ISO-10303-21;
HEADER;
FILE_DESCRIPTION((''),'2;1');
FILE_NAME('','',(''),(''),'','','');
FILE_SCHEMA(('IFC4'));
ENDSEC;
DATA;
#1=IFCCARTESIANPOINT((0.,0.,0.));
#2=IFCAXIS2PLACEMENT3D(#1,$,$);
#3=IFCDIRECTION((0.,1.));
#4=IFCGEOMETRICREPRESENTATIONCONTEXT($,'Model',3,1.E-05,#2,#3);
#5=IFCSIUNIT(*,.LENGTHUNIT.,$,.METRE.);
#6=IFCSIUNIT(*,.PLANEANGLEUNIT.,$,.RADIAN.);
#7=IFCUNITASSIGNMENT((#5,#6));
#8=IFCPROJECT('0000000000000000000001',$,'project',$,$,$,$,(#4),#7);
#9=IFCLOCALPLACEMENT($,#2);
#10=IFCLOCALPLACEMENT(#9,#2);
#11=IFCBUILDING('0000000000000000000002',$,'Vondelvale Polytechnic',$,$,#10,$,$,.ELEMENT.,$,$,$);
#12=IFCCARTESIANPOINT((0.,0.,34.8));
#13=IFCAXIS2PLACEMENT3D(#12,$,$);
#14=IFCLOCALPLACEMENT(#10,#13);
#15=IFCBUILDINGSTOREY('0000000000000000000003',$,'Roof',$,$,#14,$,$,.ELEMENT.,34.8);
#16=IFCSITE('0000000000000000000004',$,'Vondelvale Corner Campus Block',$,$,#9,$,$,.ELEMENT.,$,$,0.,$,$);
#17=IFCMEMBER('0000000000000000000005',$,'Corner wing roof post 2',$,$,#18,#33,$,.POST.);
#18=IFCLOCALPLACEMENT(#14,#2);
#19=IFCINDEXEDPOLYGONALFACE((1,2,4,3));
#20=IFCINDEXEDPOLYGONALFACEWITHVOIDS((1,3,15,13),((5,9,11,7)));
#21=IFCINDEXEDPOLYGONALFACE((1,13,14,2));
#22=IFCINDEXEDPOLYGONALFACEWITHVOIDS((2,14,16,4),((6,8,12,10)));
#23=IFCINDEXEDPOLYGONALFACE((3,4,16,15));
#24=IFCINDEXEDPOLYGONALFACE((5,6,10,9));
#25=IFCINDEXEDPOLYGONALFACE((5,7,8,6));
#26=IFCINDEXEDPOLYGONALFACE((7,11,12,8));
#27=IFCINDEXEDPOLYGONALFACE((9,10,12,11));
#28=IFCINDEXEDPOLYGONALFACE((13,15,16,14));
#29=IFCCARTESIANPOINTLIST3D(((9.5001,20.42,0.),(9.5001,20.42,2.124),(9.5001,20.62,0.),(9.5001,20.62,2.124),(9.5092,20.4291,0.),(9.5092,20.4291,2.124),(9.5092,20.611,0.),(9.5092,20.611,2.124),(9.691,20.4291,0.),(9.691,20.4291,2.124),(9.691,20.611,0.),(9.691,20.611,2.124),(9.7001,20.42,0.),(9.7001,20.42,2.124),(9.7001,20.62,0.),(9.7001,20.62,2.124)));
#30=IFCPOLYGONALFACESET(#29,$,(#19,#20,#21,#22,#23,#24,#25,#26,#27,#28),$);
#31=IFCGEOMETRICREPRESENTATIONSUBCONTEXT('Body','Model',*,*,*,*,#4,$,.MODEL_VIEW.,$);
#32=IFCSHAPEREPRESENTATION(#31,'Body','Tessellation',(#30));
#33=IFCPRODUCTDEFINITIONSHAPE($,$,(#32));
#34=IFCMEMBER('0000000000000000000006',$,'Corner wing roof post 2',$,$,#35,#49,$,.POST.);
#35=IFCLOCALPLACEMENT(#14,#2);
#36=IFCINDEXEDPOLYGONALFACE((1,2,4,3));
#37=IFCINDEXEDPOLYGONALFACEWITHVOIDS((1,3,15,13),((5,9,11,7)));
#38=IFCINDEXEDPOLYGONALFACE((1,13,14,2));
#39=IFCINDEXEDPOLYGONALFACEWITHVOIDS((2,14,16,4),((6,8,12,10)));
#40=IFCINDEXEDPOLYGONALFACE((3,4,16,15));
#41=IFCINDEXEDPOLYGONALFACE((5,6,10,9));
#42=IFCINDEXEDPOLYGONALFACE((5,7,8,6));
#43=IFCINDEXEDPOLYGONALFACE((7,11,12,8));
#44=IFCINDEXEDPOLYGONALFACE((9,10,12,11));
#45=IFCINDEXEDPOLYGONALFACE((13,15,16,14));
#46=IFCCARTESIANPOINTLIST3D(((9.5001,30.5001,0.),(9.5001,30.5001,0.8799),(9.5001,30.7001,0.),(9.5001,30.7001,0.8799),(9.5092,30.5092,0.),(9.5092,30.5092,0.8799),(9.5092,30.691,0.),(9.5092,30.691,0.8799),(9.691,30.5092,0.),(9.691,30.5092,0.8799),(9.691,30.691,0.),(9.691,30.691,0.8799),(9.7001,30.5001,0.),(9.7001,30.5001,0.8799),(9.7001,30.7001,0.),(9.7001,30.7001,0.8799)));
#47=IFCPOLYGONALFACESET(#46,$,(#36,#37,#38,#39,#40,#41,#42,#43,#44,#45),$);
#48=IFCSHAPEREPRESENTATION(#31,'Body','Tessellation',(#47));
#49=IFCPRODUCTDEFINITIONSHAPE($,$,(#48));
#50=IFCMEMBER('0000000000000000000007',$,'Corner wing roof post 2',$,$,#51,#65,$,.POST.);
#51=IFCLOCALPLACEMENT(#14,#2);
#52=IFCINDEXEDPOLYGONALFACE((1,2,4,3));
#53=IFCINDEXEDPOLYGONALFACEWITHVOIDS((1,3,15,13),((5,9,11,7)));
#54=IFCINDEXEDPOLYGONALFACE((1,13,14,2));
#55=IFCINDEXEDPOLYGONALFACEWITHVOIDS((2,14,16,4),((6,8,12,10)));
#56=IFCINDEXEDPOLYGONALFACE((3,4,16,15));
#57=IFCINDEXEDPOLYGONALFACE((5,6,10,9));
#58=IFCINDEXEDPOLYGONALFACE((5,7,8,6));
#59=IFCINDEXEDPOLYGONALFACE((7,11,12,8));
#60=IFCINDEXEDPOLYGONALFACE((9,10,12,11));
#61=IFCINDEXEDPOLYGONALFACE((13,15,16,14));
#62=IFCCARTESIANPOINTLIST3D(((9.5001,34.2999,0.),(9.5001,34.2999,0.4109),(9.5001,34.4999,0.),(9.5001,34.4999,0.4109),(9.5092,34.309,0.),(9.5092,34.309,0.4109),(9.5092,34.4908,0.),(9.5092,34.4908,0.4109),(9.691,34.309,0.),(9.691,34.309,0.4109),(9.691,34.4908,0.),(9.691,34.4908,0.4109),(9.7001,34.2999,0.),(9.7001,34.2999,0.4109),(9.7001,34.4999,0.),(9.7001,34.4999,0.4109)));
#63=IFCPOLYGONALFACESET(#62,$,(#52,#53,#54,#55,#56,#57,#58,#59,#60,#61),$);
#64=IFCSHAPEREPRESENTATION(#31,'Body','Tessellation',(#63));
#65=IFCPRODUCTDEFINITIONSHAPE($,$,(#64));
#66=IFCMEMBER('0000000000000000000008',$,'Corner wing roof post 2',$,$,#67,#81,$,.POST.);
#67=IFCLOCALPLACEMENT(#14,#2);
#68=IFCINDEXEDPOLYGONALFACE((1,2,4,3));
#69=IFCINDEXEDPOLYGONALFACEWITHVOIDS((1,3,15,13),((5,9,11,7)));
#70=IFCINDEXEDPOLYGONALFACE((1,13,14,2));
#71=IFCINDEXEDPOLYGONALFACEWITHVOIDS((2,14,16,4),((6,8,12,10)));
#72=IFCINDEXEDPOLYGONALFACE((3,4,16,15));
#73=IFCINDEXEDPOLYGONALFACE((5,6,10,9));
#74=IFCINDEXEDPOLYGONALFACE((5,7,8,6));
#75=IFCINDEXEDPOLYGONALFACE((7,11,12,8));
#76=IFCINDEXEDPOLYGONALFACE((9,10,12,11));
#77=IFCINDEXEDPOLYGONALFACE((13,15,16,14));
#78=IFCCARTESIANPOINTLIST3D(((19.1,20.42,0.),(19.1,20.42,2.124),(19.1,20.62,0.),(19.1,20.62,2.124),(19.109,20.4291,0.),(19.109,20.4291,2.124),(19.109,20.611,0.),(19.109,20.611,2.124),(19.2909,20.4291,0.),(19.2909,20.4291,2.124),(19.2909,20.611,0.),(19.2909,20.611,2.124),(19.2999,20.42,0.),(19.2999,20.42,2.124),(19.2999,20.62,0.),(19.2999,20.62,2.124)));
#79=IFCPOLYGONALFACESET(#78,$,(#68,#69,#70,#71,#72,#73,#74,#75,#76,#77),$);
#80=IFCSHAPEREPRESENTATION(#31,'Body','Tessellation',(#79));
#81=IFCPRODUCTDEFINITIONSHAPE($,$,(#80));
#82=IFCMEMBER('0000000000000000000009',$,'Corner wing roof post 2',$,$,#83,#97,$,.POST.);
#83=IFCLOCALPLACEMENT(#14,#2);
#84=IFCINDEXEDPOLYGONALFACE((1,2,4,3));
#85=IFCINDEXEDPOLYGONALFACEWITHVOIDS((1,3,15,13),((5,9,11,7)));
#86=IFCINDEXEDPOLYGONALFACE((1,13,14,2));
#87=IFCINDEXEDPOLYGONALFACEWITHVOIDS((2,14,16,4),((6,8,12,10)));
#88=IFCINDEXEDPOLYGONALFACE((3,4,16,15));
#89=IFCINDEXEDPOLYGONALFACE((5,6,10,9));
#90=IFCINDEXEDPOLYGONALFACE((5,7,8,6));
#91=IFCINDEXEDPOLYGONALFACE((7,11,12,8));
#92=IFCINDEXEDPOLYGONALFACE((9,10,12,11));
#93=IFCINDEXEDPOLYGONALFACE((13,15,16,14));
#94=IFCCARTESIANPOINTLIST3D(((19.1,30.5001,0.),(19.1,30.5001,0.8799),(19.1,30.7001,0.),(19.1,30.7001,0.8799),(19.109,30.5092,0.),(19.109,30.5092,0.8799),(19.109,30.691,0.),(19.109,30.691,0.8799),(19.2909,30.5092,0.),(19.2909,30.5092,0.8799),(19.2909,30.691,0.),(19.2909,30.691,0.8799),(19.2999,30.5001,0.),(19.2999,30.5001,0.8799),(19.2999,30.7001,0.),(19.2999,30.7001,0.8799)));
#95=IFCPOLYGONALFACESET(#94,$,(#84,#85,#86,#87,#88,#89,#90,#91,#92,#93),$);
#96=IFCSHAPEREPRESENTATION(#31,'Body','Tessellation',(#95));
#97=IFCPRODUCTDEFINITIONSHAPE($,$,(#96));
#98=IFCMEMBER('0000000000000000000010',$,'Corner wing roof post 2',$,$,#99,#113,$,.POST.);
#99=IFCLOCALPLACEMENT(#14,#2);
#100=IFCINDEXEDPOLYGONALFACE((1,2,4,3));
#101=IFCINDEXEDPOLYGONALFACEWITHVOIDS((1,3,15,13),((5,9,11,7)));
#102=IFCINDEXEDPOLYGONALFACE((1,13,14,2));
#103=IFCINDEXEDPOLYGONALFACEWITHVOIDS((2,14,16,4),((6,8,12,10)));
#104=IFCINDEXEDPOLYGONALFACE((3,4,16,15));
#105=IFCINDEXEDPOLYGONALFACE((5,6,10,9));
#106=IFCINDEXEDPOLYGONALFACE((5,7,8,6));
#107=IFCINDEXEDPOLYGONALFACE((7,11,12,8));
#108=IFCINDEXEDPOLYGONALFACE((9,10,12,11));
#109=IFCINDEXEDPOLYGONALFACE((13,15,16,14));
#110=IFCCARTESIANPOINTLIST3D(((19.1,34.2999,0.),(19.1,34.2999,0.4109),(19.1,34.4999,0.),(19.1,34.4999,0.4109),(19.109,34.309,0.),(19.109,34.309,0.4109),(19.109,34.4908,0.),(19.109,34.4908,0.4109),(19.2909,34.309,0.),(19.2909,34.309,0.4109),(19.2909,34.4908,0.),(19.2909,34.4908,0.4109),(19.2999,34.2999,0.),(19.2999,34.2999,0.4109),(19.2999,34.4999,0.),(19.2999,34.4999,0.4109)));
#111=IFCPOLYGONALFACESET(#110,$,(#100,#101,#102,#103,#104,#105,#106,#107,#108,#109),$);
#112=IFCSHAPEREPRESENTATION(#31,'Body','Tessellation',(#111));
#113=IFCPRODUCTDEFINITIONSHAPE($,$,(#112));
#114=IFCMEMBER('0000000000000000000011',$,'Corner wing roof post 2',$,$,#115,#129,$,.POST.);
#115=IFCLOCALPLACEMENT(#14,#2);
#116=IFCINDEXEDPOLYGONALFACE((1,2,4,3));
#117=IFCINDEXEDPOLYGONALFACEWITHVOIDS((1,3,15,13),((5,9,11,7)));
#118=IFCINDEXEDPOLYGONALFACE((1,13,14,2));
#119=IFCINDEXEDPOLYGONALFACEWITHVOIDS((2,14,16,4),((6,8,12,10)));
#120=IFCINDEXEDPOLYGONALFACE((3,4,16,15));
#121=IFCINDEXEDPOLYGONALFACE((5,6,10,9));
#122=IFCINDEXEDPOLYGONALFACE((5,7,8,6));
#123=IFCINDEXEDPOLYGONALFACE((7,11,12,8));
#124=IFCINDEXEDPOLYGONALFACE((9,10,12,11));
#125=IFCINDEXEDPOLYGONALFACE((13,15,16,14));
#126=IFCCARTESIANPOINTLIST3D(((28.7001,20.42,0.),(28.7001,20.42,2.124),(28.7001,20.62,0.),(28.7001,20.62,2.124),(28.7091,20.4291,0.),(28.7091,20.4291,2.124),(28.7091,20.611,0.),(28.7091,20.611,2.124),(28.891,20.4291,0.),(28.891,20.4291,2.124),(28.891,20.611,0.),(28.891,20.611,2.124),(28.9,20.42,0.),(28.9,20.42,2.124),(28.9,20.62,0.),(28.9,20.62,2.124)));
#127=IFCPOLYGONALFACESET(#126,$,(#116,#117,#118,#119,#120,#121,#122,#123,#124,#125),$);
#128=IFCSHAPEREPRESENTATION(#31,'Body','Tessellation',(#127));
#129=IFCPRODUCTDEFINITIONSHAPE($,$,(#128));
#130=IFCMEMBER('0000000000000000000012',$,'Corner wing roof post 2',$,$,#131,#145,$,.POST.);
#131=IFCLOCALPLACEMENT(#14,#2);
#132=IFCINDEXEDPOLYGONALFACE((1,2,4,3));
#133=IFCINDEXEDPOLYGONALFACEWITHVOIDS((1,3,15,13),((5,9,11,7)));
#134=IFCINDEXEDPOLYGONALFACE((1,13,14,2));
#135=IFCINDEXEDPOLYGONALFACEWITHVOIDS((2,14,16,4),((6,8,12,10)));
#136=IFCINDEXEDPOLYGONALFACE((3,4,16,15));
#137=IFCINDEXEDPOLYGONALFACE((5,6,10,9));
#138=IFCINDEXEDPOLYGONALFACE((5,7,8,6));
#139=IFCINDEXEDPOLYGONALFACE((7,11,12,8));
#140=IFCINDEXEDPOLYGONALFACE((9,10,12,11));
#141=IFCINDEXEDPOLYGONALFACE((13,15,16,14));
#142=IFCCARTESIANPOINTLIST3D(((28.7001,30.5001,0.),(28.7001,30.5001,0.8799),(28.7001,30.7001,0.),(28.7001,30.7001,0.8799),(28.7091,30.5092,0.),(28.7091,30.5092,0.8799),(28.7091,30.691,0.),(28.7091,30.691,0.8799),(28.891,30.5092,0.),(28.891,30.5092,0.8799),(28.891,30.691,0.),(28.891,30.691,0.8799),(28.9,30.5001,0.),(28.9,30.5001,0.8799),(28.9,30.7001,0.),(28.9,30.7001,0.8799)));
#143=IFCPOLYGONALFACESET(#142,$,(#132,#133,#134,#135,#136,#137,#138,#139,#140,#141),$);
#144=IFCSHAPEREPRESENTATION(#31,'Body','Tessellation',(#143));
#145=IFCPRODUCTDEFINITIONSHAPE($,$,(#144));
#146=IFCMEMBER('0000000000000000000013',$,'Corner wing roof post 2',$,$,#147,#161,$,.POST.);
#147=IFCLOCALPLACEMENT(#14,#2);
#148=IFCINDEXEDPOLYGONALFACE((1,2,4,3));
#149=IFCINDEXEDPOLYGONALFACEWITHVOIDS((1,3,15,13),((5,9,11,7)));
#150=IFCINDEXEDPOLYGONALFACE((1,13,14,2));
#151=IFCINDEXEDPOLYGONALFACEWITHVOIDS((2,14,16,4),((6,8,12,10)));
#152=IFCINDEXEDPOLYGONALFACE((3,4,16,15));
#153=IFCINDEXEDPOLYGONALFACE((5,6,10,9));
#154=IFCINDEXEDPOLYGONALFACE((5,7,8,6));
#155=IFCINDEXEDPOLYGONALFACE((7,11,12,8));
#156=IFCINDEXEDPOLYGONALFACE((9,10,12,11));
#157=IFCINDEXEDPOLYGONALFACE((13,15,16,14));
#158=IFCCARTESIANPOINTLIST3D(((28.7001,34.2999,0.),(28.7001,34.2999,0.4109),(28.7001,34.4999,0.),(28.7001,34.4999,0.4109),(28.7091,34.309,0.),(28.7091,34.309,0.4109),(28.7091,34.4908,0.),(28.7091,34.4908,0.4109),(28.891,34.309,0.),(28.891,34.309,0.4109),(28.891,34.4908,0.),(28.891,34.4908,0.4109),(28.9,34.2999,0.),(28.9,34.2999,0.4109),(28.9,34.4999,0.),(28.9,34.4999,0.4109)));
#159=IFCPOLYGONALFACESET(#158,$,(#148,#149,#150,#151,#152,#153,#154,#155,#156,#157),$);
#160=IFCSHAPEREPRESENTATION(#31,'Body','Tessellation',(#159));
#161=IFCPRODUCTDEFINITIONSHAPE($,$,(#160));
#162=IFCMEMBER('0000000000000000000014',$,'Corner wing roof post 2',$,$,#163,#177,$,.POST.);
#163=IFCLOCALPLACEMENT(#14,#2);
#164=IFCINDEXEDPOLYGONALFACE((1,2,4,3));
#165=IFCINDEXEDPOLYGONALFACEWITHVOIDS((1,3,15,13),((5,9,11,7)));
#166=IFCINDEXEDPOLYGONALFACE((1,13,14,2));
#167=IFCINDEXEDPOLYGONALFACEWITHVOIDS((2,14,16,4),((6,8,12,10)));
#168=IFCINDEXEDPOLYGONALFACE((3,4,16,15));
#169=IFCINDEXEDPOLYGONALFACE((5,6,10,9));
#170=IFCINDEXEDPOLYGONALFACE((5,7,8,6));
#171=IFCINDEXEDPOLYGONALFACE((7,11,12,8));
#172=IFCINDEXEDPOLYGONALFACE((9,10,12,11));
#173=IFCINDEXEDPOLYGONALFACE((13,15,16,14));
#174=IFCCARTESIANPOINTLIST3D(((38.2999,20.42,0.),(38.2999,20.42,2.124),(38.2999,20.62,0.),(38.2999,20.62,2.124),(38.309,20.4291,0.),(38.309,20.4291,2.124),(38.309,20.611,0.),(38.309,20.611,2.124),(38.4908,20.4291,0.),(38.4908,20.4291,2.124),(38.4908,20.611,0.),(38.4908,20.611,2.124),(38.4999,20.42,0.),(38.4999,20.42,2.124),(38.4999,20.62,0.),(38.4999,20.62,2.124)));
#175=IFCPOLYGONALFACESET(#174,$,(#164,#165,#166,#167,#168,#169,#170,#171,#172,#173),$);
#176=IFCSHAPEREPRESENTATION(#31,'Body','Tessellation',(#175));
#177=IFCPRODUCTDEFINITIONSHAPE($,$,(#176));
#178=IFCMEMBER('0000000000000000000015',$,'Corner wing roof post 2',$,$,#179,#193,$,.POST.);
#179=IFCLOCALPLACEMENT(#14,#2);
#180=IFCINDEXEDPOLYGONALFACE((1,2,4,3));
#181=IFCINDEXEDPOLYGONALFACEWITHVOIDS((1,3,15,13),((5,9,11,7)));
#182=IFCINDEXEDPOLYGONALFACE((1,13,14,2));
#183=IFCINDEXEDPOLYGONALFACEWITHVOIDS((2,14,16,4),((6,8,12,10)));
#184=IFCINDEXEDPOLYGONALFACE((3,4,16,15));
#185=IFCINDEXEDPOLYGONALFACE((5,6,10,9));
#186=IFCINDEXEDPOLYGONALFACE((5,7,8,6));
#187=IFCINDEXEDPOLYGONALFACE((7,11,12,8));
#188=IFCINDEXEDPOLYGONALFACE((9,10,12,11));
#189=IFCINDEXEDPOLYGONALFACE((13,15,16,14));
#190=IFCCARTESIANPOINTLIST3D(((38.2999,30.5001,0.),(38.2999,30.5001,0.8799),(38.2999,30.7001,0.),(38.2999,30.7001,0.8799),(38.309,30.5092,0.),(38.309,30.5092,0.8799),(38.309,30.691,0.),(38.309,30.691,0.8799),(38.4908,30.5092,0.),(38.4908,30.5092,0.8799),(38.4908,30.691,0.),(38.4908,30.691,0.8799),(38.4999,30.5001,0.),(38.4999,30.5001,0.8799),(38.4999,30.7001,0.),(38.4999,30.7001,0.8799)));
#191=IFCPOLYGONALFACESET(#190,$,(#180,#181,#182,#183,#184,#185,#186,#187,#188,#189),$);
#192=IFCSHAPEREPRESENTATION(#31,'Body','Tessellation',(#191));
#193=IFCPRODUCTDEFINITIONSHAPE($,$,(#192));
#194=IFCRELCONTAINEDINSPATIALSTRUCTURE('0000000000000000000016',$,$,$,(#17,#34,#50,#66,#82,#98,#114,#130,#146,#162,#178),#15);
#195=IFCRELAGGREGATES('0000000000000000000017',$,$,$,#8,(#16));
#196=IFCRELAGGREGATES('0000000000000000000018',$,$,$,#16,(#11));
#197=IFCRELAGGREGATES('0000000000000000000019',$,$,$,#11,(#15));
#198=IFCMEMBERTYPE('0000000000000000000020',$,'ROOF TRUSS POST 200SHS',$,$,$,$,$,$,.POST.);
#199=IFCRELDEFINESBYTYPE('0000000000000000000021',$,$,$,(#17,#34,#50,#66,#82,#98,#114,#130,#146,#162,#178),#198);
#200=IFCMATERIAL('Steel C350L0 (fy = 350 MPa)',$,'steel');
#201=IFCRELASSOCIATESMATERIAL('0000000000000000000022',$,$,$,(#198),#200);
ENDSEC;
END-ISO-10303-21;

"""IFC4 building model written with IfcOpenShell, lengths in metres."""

from ifc_helpers import new_model, si_unit, direction, frame, origin, origin_2d, place, context, subcontext, project, spatial, hollow_rectangle, extrude, material, material_profile, profile_set, type_object, element, save


model = new_model("IFC4")

# Units and contexts
model_context = context("Model", 3, precision=1e-05, world=origin(), true_north=direction((0.0, 1.0)))
body_context = subcontext(model_context, "Body", "Model", "MODEL_VIEW")
ifc_project = project(units=[si_unit("LENGTHUNIT", "METRE"), si_unit("PLANEANGLEUNIT", "RADIAN")], contexts=[model_context])

# Site, building, storey
site_placement = place(None, origin())
site = spatial("IfcSite", under=ifc_project, at=site_placement, Name="Vondelvale Corner Campus Block", CompositionType="ELEMENT", RefElevation=0.0)
building_placement = place(site_placement, origin())
building = spatial("IfcBuilding", under=site, at=building_placement, Name="Vondelvale Polytechnic", CompositionType="ELEMENT")
storey_placement = place(building_placement, frame((0.0, 0.0, 34.8)))
storey = spatial("IfcBuildingStorey", under=building, at=storey_placement, Name="Roof", CompositionType="ELEMENT", Elevation=34.8)

# Members
ifc_material_1 = material(Name="Steel C350L0 (fy = 350 MPa)", Category="steel")
ifc_material_profile_1 = material_profile(ifc_material_1, hollow_rectangle(XDim=0.2, YDim=0.2, WallThickness=0.009, at=origin_2d()), Name="200x200x9.0SHS")
ifc_profile_set_1 = profile_set([ifc_material_profile_1], Name="Steel C350L0 (fy = 350 MPa)")
member_type_1 = type_object("IfcMemberType", Name="ROOF TRUSS POST 200SHS", PredefinedType="POST", material=ifc_profile_set_1)
member_1_placement = place(storey_placement, frame((9.6001, 20.52, 0.0), z_axis=(0.0, 0.0, 1.0), x_axis=(1.0, 0.0, 0.0)))
element("IfcMember", 1, at=member_1_placement, inside=storey, type_object=member_type_1, Name="Corner wing roof post 2", PredefinedType="POST", context=body_context, shape_type="SweptSolid", body=[
    extrude(hollow_rectangle(XDim=0.2, YDim=0.2, WallThickness=0.009, at=origin_2d()), origin(), (0.0, 0.0, 1.0), 2.124),
])
member_2_placement = place(storey_placement, frame((9.6001, 30.6001, 0.0), z_axis=(0.0, 0.0, 1.0), x_axis=(1.0, 0.0, 0.0)))
element("IfcMember", 2, at=member_2_placement, inside=storey, type_object=member_type_1, Name="Corner wing roof post 2", PredefinedType="POST", context=body_context, shape_type="SweptSolid", body=[
    extrude(hollow_rectangle(XDim=0.2, YDim=0.2, WallThickness=0.009, at=origin_2d()), origin(), (0.0, 0.0, 1.0), 0.8799),
])
member_3_placement = place(storey_placement, frame((9.6001, 34.3999, 0.0), z_axis=(0.0, 0.0, 1.0), x_axis=(1.0, 0.0, 0.0)))
element("IfcMember", 3, at=member_3_placement, inside=storey, type_object=member_type_1, Name="Corner wing roof post 2", PredefinedType="POST", context=body_context, shape_type="SweptSolid", body=[
    extrude(hollow_rectangle(XDim=0.2, YDim=0.2, WallThickness=0.009, at=origin_2d()), origin(), (0.0, 0.0, 1.0), 0.4109),
])
member_4_placement = place(storey_placement, frame((19.2, 20.52, 0.0), z_axis=(0.0, 0.0, 1.0), x_axis=(1.0, 0.0, 0.0)))
element("IfcMember", 4, at=member_4_placement, inside=storey, type_object=member_type_1, Name="Corner wing roof post 2", PredefinedType="POST", context=body_context, shape_type="SweptSolid", body=[
    extrude(hollow_rectangle(XDim=0.2, YDim=0.2, WallThickness=0.009, at=origin_2d()), origin(), (0.0, 0.0, 1.0), 2.124),
])
member_5_placement = place(storey_placement, frame((19.2, 30.6001, 0.0), z_axis=(0.0, 0.0, 1.0), x_axis=(1.0, 0.0, 0.0)))
element("IfcMember", 5, at=member_5_placement, inside=storey, type_object=member_type_1, Name="Corner wing roof post 2", PredefinedType="POST", context=body_context, shape_type="SweptSolid", body=[
    extrude(hollow_rectangle(XDim=0.2, YDim=0.2, WallThickness=0.009, at=origin_2d()), origin(), (0.0, 0.0, 1.0), 0.8799),
])
member_6_placement = place(storey_placement, frame((19.2, 34.3999, 0.0), z_axis=(0.0, 0.0, 1.0), x_axis=(1.0, 0.0, 0.0)))
element("IfcMember", 6, at=member_6_placement, inside=storey, type_object=member_type_1, Name="Corner wing roof post 2", PredefinedType="POST", context=body_context, shape_type="SweptSolid", body=[
    extrude(hollow_rectangle(XDim=0.2, YDim=0.2, WallThickness=0.009, at=origin_2d()), origin(), (0.0, 0.0, 1.0), 0.4109),
])
member_7_placement = place(storey_placement, frame((28.8, 20.52, 0.0), z_axis=(0.0, 0.0, 1.0), x_axis=(1.0, 0.0, 0.0)))
element("IfcMember", 7, at=member_7_placement, inside=storey, type_object=member_type_1, Name="Corner wing roof post 2", PredefinedType="POST", context=body_context, shape_type="SweptSolid", body=[
    extrude(hollow_rectangle(XDim=0.2, YDim=0.2, WallThickness=0.009, at=origin_2d()), origin(), (0.0, 0.0, 1.0), 2.124),
])
member_8_placement = place(storey_placement, frame((28.8, 30.6001, 0.0), z_axis=(0.0, 0.0, 1.0), x_axis=(1.0, 0.0, 0.0)))
element("IfcMember", 8, at=member_8_placement, inside=storey, type_object=member_type_1, Name="Corner wing roof post 2", PredefinedType="POST", context=body_context, shape_type="SweptSolid", body=[
    extrude(hollow_rectangle(XDim=0.2, YDim=0.2, WallThickness=0.009, at=origin_2d()), origin(), (0.0, 0.0, 1.0), 0.8799),
])
member_9_placement = place(storey_placement, frame((28.8, 34.3999, 0.0), z_axis=(0.0, 0.0, 1.0), x_axis=(1.0, 0.0, 0.0)))
element("IfcMember", 9, at=member_9_placement, inside=storey, type_object=member_type_1, Name="Corner wing roof post 2", PredefinedType="POST", context=body_context, shape_type="SweptSolid", body=[
    extrude(hollow_rectangle(XDim=0.2, YDim=0.2, WallThickness=0.009, at=origin_2d()), origin(), (0.0, 0.0, 1.0), 0.4109),
])
member_10_placement = place(storey_placement, frame((38.3999, 20.52, 0.0), z_axis=(0.0, 0.0, 1.0), x_axis=(1.0, 0.0, 0.0)))
element("IfcMember", 10, at=member_10_placement, inside=storey, type_object=member_type_1, Name="Corner wing roof post 2", PredefinedType="POST", context=body_context, shape_type="SweptSolid", body=[
    extrude(hollow_rectangle(XDim=0.2, YDim=0.2, WallThickness=0.009, at=origin_2d()), origin(), (0.0, 0.0, 1.0), 2.124),
])
member_11_placement = place(storey_placement, frame((38.3999, 30.6001, 0.0), z_axis=(0.0, 0.0, 1.0), x_axis=(1.0, 0.0, 0.0)))
element("IfcMember", 11, at=member_11_placement, inside=storey, type_object=member_type_1, Name="Corner wing roof post 2", PredefinedType="POST", context=body_context, shape_type="SweptSolid", body=[
    extrude(hollow_rectangle(XDim=0.2, YDim=0.2, WallThickness=0.009, at=origin_2d()), origin(), (0.0, 0.0, 1.0), 0.8799),
])

save(model, "model.ifc")
